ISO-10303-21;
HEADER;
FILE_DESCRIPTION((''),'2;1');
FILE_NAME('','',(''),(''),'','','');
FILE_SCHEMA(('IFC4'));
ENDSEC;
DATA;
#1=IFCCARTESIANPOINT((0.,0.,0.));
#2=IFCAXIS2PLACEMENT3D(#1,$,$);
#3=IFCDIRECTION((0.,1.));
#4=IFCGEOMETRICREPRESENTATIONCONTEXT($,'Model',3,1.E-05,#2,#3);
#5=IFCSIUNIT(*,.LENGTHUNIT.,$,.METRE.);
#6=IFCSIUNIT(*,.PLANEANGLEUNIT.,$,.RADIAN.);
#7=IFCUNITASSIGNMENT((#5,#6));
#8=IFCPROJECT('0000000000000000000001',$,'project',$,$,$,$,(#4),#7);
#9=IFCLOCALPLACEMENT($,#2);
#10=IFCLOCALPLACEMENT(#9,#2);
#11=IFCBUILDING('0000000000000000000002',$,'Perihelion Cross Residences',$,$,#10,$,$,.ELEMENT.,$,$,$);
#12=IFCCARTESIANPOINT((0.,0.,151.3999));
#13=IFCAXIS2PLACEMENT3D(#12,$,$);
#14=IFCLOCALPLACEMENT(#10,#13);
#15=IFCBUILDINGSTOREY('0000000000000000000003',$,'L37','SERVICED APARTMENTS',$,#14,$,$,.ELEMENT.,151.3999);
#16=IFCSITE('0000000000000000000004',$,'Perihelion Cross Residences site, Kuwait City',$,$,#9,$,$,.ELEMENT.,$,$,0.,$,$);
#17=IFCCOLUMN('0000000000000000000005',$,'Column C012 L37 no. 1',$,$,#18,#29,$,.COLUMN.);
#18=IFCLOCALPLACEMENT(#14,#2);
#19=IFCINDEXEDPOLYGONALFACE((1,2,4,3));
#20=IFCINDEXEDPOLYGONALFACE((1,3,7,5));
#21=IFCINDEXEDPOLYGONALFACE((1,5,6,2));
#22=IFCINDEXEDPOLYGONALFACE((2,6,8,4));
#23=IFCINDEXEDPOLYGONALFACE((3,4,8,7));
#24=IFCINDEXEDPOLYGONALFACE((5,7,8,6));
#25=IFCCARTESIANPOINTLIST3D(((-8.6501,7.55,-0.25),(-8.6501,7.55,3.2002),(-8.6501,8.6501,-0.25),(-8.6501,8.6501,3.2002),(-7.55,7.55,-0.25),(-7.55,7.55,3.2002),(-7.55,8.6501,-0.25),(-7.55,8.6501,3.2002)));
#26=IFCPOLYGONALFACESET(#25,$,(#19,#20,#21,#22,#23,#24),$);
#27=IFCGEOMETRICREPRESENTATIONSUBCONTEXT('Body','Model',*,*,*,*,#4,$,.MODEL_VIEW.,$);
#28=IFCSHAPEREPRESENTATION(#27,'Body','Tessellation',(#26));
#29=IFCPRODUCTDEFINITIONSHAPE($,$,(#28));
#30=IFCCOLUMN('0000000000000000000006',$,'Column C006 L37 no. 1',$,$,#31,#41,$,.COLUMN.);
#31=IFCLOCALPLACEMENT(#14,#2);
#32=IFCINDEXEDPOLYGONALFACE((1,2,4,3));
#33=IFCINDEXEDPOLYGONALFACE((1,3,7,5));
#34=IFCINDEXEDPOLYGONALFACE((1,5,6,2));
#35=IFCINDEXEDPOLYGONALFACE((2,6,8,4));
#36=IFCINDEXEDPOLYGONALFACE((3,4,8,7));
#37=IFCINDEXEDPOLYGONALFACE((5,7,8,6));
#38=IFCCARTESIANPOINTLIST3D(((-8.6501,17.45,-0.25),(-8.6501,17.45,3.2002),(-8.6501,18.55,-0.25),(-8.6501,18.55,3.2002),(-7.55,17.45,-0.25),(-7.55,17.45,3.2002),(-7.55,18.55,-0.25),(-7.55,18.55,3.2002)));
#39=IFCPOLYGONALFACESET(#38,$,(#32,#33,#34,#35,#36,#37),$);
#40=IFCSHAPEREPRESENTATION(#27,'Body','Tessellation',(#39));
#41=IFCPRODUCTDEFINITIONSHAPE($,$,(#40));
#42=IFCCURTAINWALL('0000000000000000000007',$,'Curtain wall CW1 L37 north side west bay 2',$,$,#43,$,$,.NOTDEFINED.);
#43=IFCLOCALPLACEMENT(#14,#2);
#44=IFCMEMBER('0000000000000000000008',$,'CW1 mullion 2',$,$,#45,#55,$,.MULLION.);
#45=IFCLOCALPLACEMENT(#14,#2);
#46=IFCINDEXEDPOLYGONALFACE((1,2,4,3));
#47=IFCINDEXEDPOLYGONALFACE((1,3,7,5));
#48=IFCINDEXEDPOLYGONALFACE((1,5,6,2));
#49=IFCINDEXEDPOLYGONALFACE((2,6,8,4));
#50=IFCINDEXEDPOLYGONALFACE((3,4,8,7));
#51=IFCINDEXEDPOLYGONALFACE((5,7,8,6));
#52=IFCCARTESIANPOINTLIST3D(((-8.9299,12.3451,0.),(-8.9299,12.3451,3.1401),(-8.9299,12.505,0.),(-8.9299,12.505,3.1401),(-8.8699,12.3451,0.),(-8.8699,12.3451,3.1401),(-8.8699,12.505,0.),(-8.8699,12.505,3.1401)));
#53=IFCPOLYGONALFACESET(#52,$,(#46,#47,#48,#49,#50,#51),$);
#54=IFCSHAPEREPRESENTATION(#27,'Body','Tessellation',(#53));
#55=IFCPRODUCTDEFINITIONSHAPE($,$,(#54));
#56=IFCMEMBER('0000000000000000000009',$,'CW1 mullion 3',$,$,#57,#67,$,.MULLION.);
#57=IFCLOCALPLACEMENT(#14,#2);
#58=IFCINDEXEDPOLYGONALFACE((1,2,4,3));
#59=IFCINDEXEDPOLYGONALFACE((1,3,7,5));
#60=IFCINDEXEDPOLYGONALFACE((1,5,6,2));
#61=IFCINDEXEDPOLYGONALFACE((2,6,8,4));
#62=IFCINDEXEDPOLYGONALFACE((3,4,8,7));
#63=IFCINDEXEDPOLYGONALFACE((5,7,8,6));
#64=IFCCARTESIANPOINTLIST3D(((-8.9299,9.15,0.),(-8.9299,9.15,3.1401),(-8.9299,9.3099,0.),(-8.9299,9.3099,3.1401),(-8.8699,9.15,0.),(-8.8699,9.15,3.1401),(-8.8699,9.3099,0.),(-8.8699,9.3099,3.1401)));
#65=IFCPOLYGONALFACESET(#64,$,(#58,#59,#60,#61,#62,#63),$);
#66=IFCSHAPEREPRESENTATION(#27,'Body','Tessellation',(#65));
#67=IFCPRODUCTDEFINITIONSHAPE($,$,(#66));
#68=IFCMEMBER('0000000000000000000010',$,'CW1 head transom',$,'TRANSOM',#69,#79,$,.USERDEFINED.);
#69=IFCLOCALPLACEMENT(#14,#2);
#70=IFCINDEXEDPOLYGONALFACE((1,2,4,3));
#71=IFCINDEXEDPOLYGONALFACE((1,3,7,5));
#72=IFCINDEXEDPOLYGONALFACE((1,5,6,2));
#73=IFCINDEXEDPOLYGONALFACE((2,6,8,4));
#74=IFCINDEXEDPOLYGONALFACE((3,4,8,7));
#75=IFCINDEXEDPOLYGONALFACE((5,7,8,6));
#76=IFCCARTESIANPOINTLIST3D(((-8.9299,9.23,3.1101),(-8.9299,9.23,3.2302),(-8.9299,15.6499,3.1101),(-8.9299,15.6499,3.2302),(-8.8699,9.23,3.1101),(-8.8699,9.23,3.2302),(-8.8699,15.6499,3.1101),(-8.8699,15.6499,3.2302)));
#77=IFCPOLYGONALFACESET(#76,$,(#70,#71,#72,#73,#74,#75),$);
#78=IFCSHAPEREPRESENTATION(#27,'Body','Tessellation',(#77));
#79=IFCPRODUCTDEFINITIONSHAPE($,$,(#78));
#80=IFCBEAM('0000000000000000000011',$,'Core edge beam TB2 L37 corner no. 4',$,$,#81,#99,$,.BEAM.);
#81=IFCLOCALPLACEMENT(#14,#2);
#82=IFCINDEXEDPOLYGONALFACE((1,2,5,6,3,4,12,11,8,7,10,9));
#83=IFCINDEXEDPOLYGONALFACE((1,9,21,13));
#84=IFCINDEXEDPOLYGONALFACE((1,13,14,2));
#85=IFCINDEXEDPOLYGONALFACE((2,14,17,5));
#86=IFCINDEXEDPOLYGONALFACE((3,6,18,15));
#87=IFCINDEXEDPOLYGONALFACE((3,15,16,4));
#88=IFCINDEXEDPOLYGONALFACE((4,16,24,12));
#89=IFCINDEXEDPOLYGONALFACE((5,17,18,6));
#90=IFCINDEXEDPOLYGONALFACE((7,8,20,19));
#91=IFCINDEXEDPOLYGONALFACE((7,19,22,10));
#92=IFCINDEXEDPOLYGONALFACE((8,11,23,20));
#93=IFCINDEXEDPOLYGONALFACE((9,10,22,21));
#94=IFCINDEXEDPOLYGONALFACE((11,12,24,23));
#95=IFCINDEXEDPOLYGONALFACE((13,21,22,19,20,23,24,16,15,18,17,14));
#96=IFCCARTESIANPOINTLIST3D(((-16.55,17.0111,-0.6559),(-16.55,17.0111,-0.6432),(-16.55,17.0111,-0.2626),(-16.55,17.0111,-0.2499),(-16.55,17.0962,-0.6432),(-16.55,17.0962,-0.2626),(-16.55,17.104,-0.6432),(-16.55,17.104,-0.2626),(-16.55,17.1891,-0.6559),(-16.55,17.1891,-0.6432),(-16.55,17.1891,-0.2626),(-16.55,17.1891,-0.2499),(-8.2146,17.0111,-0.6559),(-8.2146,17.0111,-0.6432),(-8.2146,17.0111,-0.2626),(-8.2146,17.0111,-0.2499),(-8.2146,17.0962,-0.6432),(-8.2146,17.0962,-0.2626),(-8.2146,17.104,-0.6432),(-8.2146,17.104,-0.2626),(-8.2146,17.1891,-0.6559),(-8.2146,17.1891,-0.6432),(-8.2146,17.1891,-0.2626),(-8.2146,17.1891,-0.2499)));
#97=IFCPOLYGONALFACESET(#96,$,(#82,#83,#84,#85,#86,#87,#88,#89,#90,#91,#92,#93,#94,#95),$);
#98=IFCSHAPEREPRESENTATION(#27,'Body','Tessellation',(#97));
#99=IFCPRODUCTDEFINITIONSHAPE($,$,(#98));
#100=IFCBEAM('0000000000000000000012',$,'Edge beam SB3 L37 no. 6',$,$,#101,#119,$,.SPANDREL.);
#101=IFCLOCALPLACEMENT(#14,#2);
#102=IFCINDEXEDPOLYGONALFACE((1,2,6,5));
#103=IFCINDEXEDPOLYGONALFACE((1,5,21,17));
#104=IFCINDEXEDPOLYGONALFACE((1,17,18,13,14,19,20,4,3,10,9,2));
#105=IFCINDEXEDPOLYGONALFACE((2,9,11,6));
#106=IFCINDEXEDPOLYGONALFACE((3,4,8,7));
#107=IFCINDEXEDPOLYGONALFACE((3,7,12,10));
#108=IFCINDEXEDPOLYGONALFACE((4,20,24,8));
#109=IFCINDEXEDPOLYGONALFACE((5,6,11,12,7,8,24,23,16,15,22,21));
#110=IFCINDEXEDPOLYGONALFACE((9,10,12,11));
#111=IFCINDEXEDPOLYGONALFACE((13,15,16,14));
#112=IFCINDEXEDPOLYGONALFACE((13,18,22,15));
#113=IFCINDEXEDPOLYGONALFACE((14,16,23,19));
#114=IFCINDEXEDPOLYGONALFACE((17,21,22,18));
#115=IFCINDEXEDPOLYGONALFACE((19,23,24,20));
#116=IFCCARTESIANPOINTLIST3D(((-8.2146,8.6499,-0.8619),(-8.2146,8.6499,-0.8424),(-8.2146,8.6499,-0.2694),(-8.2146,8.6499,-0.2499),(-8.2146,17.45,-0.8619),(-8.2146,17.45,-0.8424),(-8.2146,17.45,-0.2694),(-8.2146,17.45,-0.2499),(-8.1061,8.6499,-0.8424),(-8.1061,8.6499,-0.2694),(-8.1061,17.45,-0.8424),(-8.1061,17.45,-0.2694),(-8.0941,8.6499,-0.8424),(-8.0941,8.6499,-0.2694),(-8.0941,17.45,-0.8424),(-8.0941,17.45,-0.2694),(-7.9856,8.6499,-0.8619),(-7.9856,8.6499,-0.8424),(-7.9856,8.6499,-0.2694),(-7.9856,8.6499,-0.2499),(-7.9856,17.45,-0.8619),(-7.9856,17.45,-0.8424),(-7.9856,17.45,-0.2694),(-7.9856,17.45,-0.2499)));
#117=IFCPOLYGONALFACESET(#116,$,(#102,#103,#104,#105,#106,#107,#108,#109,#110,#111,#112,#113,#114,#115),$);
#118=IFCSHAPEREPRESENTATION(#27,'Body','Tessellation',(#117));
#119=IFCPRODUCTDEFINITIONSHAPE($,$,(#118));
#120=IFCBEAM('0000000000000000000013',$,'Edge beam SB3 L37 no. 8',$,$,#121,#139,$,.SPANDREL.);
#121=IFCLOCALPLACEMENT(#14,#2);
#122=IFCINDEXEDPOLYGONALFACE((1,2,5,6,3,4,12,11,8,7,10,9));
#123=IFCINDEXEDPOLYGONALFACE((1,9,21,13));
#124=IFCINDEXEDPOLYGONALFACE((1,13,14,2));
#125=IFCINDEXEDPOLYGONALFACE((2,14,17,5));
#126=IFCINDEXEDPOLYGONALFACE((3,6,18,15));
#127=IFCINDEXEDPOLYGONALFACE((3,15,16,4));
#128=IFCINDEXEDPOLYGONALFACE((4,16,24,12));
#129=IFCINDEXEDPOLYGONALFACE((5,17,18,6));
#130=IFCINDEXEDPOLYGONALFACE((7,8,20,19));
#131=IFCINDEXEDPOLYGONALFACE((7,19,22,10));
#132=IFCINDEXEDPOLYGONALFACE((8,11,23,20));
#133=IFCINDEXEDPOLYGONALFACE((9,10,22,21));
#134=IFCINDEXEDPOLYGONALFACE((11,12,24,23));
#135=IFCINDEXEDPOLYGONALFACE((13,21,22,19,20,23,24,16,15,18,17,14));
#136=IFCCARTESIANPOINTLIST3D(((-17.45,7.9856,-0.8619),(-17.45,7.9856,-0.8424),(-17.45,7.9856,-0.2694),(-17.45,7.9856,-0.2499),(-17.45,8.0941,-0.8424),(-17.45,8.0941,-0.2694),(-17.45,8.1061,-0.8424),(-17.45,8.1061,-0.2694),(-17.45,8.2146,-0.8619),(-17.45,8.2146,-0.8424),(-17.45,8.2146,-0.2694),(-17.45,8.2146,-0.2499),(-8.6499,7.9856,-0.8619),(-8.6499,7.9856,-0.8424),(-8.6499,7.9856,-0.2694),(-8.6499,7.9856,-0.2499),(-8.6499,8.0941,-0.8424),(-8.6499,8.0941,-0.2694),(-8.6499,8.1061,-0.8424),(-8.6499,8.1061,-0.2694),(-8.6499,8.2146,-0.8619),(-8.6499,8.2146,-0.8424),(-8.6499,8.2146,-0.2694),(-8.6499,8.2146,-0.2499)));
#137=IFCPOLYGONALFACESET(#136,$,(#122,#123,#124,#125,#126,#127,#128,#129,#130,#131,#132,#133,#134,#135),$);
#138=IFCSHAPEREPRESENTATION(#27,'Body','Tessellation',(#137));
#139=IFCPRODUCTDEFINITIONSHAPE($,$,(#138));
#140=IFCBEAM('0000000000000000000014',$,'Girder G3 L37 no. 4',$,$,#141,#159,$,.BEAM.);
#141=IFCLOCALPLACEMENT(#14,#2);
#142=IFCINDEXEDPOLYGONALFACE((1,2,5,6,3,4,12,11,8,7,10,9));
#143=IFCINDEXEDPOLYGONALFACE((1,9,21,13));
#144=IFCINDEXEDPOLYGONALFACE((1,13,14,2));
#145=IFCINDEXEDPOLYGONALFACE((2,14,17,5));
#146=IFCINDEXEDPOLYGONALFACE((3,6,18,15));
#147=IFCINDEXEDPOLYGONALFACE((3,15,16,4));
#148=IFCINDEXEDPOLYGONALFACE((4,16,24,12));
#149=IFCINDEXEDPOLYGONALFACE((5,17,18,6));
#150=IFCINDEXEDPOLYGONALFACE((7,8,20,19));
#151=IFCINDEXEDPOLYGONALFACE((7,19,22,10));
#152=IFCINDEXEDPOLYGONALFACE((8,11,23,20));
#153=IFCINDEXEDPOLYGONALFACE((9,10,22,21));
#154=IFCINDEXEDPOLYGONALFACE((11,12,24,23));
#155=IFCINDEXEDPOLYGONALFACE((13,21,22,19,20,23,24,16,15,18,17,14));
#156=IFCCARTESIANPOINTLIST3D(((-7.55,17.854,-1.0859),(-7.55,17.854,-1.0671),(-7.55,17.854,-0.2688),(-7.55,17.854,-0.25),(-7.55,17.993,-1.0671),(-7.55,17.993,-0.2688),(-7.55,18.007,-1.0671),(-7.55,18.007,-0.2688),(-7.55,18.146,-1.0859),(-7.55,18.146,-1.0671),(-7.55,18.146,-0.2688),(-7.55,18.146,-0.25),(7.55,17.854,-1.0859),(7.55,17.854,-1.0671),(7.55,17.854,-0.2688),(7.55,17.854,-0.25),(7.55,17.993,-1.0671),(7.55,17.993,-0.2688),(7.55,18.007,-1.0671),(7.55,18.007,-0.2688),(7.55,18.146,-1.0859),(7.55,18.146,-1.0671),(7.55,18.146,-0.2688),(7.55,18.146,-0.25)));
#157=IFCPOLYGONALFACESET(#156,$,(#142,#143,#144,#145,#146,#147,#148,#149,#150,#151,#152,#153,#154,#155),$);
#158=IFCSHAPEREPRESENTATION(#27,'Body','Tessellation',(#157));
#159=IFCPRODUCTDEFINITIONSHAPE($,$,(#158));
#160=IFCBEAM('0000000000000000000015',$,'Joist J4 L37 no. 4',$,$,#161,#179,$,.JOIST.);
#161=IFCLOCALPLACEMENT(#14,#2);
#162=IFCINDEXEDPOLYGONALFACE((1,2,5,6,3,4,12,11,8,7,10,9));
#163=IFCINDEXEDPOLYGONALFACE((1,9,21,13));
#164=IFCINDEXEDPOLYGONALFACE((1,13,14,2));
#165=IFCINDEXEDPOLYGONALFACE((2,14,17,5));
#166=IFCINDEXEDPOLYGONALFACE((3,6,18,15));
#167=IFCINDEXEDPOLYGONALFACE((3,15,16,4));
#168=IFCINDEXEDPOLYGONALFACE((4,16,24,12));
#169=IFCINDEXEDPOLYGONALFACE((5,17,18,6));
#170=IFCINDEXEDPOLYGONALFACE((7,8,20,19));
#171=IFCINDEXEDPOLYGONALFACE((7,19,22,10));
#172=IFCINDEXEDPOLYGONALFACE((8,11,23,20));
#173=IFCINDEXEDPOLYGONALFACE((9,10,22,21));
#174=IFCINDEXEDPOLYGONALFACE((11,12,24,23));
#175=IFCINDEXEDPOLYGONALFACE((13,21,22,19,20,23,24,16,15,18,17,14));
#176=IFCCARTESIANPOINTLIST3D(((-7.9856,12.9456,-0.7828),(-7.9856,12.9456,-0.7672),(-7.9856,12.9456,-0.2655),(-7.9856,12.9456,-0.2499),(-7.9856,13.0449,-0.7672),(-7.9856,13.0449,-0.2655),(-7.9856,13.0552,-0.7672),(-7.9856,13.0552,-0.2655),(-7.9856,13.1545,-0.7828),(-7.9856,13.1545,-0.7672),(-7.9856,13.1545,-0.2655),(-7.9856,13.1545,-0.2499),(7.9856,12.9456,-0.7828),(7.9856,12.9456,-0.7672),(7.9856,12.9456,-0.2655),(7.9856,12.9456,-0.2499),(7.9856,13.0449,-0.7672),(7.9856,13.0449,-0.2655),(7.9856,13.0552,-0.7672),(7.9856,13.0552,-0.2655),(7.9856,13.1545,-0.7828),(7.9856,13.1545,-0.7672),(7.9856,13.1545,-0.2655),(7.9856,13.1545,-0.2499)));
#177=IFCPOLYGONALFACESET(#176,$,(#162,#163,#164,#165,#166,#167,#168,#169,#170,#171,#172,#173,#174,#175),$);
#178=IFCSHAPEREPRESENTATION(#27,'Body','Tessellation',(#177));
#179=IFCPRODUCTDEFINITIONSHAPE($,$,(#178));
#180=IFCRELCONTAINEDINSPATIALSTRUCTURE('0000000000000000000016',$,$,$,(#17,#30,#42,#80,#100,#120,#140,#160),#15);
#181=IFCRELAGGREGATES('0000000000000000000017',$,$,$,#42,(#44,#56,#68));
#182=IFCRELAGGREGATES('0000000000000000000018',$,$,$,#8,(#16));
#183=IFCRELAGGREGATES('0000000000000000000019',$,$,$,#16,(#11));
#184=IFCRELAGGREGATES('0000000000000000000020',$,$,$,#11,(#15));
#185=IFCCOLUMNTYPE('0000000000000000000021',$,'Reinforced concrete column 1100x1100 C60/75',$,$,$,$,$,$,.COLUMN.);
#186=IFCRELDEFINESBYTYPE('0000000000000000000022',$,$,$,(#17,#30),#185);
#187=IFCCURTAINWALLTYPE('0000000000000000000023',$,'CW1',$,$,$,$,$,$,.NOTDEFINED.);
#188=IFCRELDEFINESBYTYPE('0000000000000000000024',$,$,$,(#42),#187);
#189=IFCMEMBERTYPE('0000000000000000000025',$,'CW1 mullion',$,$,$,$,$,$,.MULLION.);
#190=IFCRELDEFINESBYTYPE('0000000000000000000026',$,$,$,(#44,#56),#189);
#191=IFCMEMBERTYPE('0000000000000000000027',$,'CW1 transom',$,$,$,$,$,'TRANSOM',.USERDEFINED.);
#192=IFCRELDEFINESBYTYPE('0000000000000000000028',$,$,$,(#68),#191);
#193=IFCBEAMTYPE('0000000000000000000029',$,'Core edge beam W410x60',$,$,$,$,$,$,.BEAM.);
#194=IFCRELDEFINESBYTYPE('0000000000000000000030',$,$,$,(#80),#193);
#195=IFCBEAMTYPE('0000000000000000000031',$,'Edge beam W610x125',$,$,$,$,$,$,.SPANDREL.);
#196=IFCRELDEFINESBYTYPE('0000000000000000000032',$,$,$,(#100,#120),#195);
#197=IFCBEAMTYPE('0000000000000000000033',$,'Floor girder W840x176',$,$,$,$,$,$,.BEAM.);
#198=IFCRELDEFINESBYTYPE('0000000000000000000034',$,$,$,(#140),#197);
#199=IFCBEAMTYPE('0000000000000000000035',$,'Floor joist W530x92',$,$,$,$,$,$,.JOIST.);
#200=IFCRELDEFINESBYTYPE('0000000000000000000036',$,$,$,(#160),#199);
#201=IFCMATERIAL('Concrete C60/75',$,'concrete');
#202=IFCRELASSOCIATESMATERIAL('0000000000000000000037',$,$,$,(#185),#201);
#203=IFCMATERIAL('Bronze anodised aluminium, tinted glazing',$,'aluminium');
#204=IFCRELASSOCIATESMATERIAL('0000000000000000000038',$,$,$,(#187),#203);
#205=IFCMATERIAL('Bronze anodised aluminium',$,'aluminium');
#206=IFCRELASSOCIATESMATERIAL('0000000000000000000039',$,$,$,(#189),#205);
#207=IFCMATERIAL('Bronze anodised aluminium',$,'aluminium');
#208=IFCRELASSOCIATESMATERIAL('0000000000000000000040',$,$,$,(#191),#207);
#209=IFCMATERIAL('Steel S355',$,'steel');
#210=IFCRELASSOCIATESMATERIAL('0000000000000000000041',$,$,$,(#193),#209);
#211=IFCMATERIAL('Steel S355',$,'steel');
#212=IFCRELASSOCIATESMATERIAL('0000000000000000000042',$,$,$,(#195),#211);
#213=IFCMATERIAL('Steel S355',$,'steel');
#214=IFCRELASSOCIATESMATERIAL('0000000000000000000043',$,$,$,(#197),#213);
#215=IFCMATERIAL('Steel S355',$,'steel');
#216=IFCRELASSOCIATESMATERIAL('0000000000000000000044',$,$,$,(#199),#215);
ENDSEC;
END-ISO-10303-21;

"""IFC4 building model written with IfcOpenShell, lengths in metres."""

from ifc_helpers import new_model, si_unit, direction, frame, origin, origin_2d, place, context, subcontext, project, spatial, rectangle, i_section, extrude, material, material_profile, profile_set, type_object, element, aggregate, save


model = new_model("IFC4")

# Units and contexts
model_context = context("Model", 3, precision=1e-05, world=origin(), true_north=direction((0.0, 1.0)))
body_context = subcontext(model_context, "Body", "Model", "MODEL_VIEW")
ifc_project = project(units=[si_unit("LENGTHUNIT", "METRE"), si_unit("PLANEANGLEUNIT", "RADIAN")], contexts=[model_context])

# Site, building, storey
site_placement = place(None, origin())
site = spatial("IfcSite", under=ifc_project, at=site_placement, Name="Perihelion Cross Residences site, Kuwait City", CompositionType="ELEMENT", RefElevation=0.0)
building_placement = place(site_placement, origin())
building = spatial("IfcBuilding", under=site, at=building_placement, Name="Perihelion Cross Residences", CompositionType="ELEMENT")
storey_placement = place(building_placement, frame((0.0, 0.0, 151.3999)))
storey = spatial("IfcBuildingStorey", under=building, at=storey_placement, Name="L37", Description="SERVICED APARTMENTS", CompositionType="ELEMENT", Elevation=151.3999)

# Columns
ifc_material_1 = material(Name="Concrete C60/75", Category="concrete")
ifc_material_profile_1 = material_profile(ifc_material_1, rectangle(XDim=1.1001, YDim=1.1001, at=origin_2d()), Name="RC 1100x1100")
ifc_profile_set_1 = profile_set([ifc_material_profile_1], Name="Concrete C60/75")
column_type = type_object("IfcColumnType", Name="Reinforced concrete column 1100x1100 C60/75", PredefinedType="COLUMN", material=ifc_profile_set_1)
for number, where, z_axis, x_axis, name in (
    (1, (-8.1001, 8.1001, -0.25), (0.0, 0.0, 1.0), (1.0, 0.0, 0.0), "Column C012 L37 no. 1"),
    (2, (-8.1001, 18.0, -0.25), (0.0, 0.0, 1.0), (1.0, 0.0, 0.0), "Column C006 L37 no. 1"),
):
    element("IfcColumn", number, at=place(storey_placement, frame(where, z_axis=z_axis, x_axis=x_axis)), inside=storey, type_object=column_type, Name=name, PredefinedType="COLUMN", context=body_context, shape_type="SweptSolid", body=[
        extrude(rectangle(XDim=1.1001, YDim=1.1001, at=origin_2d()), origin(), (0.0, 0.0, 1.0), 3.4502),
    ])

# Curtain wall, members
ifc_material_2 = material(Name="Bronze anodised aluminium, tinted glazing", Category="aluminium")
curtain_wall_type = type_object("IfcCurtainWallType", Name="CW1", PredefinedType="NOTDEFINED", material=ifc_material_2)
curtain_wall_placement = place(storey_placement, origin())
curtain_wall = element("IfcCurtainWall", 3, at=curtain_wall_placement, inside=storey, type_object=curtain_wall_type, Name="Curtain wall CW1 L37 north side west bay 2", PredefinedType="NOTDEFINED")
ifc_material_3 = material(Name="Bronze anodised aluminium", Category="aluminium")
ifc_material_profile_2 = material_profile(ifc_material_3, rectangle(XDim=0.0601, YDim=0.1599, at=origin_2d()), Name="CW1 mullion")
ifc_profile_set_2 = profile_set([ifc_material_profile_2], Name="Bronze anodised aluminium")
member_type_1 = type_object("IfcMemberType", Name="CW1 mullion", PredefinedType="MULLION", material=ifc_profile_set_2)
member_1_placement = place(storey_placement, frame((-8.8999, 12.425, 0.0), z_axis=(0.0, 0.0, 1.0), x_axis=(1.0, 0.0, 0.0)))
member_1 = element("IfcMember", 4, at=member_1_placement, type_object=member_type_1, Name="CW1 mullion 2", PredefinedType="MULLION", context=body_context, shape_type="SweptSolid", body=[
    extrude(rectangle(XDim=0.0601, YDim=0.1599, at=origin_2d()), origin(), (0.0, 0.0, 1.0), 3.1401),
])
member_2_placement = place(storey_placement, frame((-8.8999, 9.23, 0.0), z_axis=(0.0, 0.0, 1.0), x_axis=(1.0, 0.0, 0.0)))
member_2 = element("IfcMember", 5, at=member_2_placement, type_object=member_type_1, Name="CW1 mullion 3", PredefinedType="MULLION", context=body_context, shape_type="SweptSolid", body=[
    extrude(rectangle(XDim=0.0601, YDim=0.1599, at=origin_2d()), origin(), (0.0, 0.0, 1.0), 3.1401),
])
ifc_material_4 = material(Name="Bronze anodised aluminium", Category="aluminium")
ifc_material_profile_3 = material_profile(ifc_material_4, rectangle(XDim=0.0601, YDim=0.1201, at=origin_2d()), Name="CW1 transom")
ifc_profile_set_3 = profile_set([ifc_material_profile_3], Name="Bronze anodised aluminium")
member_type_2 = type_object("IfcMemberType", Name="CW1 transom", ElementType="TRANSOM", PredefinedType="USERDEFINED", material=ifc_profile_set_3)
member_3_placement = place(storey_placement, frame((-8.8999, 15.6499, 3.1702), z_axis=(0.0, -1.0, 0.0), x_axis=(1.0, 0.0, 0.0)))
member_3 = element("IfcMember", 6, at=member_3_placement, type_object=member_type_2, Name="CW1 head transom", ObjectType="TRANSOM", PredefinedType="USERDEFINED", context=body_context, shape_type="SweptSolid", body=[
    extrude(rectangle(XDim=0.0601, YDim=0.1201, at=origin_2d()), origin(), (0.0, 0.0, 1.0), 6.4199),
])

# Beams
ifc_material_5 = material(Name="Steel S355", Category="steel")
ifc_material_profile_4 = material_profile(ifc_material_5, i_section(OverallWidth=0.178, OverallDepth=0.406, WebThickness=0.0078, FlangeThickness=0.0127, at=origin_2d()), Name="W410x60")
ifc_profile_set_4 = profile_set([ifc_material_profile_4], Name="Steel S355")
beam_type_1 = type_object("IfcBeamType", Name="Core edge beam W410x60", PredefinedType="BEAM", material=ifc_profile_set_4)
beam_1_placement = place(storey_placement, frame((-8.2146, 17.1001, -0.4529), z_axis=(-1.0, 0.0, 0.0), x_axis=(0.0, -1.0, 0.0)))
element("IfcBeam", 7, at=beam_1_placement, inside=storey, type_object=beam_type_1, Name="Core edge beam TB2 L37 corner no. 4", PredefinedType="BEAM", context=body_context, shape_type="SweptSolid", body=[
    extrude(i_section(OverallWidth=0.178, OverallDepth=0.406, WebThickness=0.0078, FlangeThickness=0.0127, at=origin_2d()), origin(), (0.0, 0.0, 1.0), 8.3354),
])
ifc_material_6 = material(Name="Steel S355", Category="steel")
ifc_material_profile_5 = material_profile(ifc_material_6, i_section(OverallWidth=0.229, OverallDepth=0.6121, WebThickness=0.012, FlangeThickness=0.0195, at=origin_2d()), Name="W610x125")
ifc_profile_set_5 = profile_set([ifc_material_profile_5], Name="Steel S355")
beam_type_2 = type_object("IfcBeamType", Name="Edge beam W610x125", PredefinedType="SPANDREL", material=ifc_profile_set_5)
for number, where, z_axis, x_axis, name in (
    (8, (-8.1001, 17.45, -0.5559), (0.0, -1.0, 0.0), (1.0, 0.0, 0.0), "Edge beam SB3 L37 no. 6"),
    (9, (-8.6499, 8.1001, -0.5559), (-1.0, 0.0, 0.0), (0.0, -1.0, 0.0), "Edge beam SB3 L37 no. 8"),
):
    element("IfcBeam", number, at=place(storey_placement, frame(where, z_axis=z_axis, x_axis=x_axis)), inside=storey, type_object=beam_type_2, Name=name, PredefinedType="SPANDREL", context=body_context, shape_type="SweptSolid", body=[
        extrude(i_section(OverallWidth=0.229, OverallDepth=0.6121, WebThickness=0.012, FlangeThickness=0.0195, at=origin_2d()), origin(), (0.0, 0.0, 1.0), 8.8),
    ])
ifc_material_7 = material(Name="Steel S355", Category="steel")
ifc_material_profile_6 = material_profile(ifc_material_7, i_section(OverallWidth=0.292, OverallDepth=0.8359, WebThickness=0.0139, FlangeThickness=0.0188, at=origin_2d()), Name="W840x176")
ifc_profile_set_6 = profile_set([ifc_material_profile_6], Name="Steel S355")
beam_type_3 = type_object("IfcBeamType", Name="Floor girder W840x176", PredefinedType="BEAM", material=ifc_profile_set_6)
beam_2_placement = place(storey_placement, frame((-7.55, 18.0, -0.668), z_axis=(1.0, 0.0, 0.0), x_axis=(0.0, 1.0, 0.0)))
element("IfcBeam", 10, at=beam_2_placement, inside=storey, type_object=beam_type_3, Name="Girder G3 L37 no. 4", PredefinedType="BEAM", context=body_context, shape_type="SweptSolid", body=[
    extrude(i_section(OverallWidth=0.292, OverallDepth=0.8359, WebThickness=0.0139, FlangeThickness=0.0188, at=origin_2d()), origin(), (0.0, 0.0, 1.0), 15.1001),
])
ifc_material_8 = material(Name="Steel S355", Category="steel")
ifc_material_profile_7 = material_profile(ifc_material_8, i_section(OverallWidth=0.209, OverallDepth=0.533, WebThickness=0.0103, FlangeThickness=0.0156, at=origin_2d()), Name="W530x92")
ifc_profile_set_7 = profile_set([ifc_material_profile_7], Name="Steel S355")
beam_type_4 = type_object("IfcBeamType", Name="Floor joist W530x92", PredefinedType="JOIST", material=ifc_profile_set_7)
beam_3_placement = place(storey_placement, frame((-7.9856, 13.05, -0.5164), z_axis=(1.0, 0.0, 0.0), x_axis=(0.0, 1.0, 0.0)))
element("IfcBeam", 11, at=beam_3_placement, inside=storey, type_object=beam_type_4, Name="Joist J4 L37 no. 4", PredefinedType="JOIST", context=body_context, shape_type="SweptSolid", body=[
    extrude(i_section(OverallWidth=0.209, OverallDepth=0.533, WebThickness=0.0103, FlangeThickness=0.0156, at=origin_2d()), origin(), (0.0, 0.0, 1.0), 15.9712),
])

aggregate(curtain_wall, [member_1, member_2, member_3])

save(model, "model.ifc")
